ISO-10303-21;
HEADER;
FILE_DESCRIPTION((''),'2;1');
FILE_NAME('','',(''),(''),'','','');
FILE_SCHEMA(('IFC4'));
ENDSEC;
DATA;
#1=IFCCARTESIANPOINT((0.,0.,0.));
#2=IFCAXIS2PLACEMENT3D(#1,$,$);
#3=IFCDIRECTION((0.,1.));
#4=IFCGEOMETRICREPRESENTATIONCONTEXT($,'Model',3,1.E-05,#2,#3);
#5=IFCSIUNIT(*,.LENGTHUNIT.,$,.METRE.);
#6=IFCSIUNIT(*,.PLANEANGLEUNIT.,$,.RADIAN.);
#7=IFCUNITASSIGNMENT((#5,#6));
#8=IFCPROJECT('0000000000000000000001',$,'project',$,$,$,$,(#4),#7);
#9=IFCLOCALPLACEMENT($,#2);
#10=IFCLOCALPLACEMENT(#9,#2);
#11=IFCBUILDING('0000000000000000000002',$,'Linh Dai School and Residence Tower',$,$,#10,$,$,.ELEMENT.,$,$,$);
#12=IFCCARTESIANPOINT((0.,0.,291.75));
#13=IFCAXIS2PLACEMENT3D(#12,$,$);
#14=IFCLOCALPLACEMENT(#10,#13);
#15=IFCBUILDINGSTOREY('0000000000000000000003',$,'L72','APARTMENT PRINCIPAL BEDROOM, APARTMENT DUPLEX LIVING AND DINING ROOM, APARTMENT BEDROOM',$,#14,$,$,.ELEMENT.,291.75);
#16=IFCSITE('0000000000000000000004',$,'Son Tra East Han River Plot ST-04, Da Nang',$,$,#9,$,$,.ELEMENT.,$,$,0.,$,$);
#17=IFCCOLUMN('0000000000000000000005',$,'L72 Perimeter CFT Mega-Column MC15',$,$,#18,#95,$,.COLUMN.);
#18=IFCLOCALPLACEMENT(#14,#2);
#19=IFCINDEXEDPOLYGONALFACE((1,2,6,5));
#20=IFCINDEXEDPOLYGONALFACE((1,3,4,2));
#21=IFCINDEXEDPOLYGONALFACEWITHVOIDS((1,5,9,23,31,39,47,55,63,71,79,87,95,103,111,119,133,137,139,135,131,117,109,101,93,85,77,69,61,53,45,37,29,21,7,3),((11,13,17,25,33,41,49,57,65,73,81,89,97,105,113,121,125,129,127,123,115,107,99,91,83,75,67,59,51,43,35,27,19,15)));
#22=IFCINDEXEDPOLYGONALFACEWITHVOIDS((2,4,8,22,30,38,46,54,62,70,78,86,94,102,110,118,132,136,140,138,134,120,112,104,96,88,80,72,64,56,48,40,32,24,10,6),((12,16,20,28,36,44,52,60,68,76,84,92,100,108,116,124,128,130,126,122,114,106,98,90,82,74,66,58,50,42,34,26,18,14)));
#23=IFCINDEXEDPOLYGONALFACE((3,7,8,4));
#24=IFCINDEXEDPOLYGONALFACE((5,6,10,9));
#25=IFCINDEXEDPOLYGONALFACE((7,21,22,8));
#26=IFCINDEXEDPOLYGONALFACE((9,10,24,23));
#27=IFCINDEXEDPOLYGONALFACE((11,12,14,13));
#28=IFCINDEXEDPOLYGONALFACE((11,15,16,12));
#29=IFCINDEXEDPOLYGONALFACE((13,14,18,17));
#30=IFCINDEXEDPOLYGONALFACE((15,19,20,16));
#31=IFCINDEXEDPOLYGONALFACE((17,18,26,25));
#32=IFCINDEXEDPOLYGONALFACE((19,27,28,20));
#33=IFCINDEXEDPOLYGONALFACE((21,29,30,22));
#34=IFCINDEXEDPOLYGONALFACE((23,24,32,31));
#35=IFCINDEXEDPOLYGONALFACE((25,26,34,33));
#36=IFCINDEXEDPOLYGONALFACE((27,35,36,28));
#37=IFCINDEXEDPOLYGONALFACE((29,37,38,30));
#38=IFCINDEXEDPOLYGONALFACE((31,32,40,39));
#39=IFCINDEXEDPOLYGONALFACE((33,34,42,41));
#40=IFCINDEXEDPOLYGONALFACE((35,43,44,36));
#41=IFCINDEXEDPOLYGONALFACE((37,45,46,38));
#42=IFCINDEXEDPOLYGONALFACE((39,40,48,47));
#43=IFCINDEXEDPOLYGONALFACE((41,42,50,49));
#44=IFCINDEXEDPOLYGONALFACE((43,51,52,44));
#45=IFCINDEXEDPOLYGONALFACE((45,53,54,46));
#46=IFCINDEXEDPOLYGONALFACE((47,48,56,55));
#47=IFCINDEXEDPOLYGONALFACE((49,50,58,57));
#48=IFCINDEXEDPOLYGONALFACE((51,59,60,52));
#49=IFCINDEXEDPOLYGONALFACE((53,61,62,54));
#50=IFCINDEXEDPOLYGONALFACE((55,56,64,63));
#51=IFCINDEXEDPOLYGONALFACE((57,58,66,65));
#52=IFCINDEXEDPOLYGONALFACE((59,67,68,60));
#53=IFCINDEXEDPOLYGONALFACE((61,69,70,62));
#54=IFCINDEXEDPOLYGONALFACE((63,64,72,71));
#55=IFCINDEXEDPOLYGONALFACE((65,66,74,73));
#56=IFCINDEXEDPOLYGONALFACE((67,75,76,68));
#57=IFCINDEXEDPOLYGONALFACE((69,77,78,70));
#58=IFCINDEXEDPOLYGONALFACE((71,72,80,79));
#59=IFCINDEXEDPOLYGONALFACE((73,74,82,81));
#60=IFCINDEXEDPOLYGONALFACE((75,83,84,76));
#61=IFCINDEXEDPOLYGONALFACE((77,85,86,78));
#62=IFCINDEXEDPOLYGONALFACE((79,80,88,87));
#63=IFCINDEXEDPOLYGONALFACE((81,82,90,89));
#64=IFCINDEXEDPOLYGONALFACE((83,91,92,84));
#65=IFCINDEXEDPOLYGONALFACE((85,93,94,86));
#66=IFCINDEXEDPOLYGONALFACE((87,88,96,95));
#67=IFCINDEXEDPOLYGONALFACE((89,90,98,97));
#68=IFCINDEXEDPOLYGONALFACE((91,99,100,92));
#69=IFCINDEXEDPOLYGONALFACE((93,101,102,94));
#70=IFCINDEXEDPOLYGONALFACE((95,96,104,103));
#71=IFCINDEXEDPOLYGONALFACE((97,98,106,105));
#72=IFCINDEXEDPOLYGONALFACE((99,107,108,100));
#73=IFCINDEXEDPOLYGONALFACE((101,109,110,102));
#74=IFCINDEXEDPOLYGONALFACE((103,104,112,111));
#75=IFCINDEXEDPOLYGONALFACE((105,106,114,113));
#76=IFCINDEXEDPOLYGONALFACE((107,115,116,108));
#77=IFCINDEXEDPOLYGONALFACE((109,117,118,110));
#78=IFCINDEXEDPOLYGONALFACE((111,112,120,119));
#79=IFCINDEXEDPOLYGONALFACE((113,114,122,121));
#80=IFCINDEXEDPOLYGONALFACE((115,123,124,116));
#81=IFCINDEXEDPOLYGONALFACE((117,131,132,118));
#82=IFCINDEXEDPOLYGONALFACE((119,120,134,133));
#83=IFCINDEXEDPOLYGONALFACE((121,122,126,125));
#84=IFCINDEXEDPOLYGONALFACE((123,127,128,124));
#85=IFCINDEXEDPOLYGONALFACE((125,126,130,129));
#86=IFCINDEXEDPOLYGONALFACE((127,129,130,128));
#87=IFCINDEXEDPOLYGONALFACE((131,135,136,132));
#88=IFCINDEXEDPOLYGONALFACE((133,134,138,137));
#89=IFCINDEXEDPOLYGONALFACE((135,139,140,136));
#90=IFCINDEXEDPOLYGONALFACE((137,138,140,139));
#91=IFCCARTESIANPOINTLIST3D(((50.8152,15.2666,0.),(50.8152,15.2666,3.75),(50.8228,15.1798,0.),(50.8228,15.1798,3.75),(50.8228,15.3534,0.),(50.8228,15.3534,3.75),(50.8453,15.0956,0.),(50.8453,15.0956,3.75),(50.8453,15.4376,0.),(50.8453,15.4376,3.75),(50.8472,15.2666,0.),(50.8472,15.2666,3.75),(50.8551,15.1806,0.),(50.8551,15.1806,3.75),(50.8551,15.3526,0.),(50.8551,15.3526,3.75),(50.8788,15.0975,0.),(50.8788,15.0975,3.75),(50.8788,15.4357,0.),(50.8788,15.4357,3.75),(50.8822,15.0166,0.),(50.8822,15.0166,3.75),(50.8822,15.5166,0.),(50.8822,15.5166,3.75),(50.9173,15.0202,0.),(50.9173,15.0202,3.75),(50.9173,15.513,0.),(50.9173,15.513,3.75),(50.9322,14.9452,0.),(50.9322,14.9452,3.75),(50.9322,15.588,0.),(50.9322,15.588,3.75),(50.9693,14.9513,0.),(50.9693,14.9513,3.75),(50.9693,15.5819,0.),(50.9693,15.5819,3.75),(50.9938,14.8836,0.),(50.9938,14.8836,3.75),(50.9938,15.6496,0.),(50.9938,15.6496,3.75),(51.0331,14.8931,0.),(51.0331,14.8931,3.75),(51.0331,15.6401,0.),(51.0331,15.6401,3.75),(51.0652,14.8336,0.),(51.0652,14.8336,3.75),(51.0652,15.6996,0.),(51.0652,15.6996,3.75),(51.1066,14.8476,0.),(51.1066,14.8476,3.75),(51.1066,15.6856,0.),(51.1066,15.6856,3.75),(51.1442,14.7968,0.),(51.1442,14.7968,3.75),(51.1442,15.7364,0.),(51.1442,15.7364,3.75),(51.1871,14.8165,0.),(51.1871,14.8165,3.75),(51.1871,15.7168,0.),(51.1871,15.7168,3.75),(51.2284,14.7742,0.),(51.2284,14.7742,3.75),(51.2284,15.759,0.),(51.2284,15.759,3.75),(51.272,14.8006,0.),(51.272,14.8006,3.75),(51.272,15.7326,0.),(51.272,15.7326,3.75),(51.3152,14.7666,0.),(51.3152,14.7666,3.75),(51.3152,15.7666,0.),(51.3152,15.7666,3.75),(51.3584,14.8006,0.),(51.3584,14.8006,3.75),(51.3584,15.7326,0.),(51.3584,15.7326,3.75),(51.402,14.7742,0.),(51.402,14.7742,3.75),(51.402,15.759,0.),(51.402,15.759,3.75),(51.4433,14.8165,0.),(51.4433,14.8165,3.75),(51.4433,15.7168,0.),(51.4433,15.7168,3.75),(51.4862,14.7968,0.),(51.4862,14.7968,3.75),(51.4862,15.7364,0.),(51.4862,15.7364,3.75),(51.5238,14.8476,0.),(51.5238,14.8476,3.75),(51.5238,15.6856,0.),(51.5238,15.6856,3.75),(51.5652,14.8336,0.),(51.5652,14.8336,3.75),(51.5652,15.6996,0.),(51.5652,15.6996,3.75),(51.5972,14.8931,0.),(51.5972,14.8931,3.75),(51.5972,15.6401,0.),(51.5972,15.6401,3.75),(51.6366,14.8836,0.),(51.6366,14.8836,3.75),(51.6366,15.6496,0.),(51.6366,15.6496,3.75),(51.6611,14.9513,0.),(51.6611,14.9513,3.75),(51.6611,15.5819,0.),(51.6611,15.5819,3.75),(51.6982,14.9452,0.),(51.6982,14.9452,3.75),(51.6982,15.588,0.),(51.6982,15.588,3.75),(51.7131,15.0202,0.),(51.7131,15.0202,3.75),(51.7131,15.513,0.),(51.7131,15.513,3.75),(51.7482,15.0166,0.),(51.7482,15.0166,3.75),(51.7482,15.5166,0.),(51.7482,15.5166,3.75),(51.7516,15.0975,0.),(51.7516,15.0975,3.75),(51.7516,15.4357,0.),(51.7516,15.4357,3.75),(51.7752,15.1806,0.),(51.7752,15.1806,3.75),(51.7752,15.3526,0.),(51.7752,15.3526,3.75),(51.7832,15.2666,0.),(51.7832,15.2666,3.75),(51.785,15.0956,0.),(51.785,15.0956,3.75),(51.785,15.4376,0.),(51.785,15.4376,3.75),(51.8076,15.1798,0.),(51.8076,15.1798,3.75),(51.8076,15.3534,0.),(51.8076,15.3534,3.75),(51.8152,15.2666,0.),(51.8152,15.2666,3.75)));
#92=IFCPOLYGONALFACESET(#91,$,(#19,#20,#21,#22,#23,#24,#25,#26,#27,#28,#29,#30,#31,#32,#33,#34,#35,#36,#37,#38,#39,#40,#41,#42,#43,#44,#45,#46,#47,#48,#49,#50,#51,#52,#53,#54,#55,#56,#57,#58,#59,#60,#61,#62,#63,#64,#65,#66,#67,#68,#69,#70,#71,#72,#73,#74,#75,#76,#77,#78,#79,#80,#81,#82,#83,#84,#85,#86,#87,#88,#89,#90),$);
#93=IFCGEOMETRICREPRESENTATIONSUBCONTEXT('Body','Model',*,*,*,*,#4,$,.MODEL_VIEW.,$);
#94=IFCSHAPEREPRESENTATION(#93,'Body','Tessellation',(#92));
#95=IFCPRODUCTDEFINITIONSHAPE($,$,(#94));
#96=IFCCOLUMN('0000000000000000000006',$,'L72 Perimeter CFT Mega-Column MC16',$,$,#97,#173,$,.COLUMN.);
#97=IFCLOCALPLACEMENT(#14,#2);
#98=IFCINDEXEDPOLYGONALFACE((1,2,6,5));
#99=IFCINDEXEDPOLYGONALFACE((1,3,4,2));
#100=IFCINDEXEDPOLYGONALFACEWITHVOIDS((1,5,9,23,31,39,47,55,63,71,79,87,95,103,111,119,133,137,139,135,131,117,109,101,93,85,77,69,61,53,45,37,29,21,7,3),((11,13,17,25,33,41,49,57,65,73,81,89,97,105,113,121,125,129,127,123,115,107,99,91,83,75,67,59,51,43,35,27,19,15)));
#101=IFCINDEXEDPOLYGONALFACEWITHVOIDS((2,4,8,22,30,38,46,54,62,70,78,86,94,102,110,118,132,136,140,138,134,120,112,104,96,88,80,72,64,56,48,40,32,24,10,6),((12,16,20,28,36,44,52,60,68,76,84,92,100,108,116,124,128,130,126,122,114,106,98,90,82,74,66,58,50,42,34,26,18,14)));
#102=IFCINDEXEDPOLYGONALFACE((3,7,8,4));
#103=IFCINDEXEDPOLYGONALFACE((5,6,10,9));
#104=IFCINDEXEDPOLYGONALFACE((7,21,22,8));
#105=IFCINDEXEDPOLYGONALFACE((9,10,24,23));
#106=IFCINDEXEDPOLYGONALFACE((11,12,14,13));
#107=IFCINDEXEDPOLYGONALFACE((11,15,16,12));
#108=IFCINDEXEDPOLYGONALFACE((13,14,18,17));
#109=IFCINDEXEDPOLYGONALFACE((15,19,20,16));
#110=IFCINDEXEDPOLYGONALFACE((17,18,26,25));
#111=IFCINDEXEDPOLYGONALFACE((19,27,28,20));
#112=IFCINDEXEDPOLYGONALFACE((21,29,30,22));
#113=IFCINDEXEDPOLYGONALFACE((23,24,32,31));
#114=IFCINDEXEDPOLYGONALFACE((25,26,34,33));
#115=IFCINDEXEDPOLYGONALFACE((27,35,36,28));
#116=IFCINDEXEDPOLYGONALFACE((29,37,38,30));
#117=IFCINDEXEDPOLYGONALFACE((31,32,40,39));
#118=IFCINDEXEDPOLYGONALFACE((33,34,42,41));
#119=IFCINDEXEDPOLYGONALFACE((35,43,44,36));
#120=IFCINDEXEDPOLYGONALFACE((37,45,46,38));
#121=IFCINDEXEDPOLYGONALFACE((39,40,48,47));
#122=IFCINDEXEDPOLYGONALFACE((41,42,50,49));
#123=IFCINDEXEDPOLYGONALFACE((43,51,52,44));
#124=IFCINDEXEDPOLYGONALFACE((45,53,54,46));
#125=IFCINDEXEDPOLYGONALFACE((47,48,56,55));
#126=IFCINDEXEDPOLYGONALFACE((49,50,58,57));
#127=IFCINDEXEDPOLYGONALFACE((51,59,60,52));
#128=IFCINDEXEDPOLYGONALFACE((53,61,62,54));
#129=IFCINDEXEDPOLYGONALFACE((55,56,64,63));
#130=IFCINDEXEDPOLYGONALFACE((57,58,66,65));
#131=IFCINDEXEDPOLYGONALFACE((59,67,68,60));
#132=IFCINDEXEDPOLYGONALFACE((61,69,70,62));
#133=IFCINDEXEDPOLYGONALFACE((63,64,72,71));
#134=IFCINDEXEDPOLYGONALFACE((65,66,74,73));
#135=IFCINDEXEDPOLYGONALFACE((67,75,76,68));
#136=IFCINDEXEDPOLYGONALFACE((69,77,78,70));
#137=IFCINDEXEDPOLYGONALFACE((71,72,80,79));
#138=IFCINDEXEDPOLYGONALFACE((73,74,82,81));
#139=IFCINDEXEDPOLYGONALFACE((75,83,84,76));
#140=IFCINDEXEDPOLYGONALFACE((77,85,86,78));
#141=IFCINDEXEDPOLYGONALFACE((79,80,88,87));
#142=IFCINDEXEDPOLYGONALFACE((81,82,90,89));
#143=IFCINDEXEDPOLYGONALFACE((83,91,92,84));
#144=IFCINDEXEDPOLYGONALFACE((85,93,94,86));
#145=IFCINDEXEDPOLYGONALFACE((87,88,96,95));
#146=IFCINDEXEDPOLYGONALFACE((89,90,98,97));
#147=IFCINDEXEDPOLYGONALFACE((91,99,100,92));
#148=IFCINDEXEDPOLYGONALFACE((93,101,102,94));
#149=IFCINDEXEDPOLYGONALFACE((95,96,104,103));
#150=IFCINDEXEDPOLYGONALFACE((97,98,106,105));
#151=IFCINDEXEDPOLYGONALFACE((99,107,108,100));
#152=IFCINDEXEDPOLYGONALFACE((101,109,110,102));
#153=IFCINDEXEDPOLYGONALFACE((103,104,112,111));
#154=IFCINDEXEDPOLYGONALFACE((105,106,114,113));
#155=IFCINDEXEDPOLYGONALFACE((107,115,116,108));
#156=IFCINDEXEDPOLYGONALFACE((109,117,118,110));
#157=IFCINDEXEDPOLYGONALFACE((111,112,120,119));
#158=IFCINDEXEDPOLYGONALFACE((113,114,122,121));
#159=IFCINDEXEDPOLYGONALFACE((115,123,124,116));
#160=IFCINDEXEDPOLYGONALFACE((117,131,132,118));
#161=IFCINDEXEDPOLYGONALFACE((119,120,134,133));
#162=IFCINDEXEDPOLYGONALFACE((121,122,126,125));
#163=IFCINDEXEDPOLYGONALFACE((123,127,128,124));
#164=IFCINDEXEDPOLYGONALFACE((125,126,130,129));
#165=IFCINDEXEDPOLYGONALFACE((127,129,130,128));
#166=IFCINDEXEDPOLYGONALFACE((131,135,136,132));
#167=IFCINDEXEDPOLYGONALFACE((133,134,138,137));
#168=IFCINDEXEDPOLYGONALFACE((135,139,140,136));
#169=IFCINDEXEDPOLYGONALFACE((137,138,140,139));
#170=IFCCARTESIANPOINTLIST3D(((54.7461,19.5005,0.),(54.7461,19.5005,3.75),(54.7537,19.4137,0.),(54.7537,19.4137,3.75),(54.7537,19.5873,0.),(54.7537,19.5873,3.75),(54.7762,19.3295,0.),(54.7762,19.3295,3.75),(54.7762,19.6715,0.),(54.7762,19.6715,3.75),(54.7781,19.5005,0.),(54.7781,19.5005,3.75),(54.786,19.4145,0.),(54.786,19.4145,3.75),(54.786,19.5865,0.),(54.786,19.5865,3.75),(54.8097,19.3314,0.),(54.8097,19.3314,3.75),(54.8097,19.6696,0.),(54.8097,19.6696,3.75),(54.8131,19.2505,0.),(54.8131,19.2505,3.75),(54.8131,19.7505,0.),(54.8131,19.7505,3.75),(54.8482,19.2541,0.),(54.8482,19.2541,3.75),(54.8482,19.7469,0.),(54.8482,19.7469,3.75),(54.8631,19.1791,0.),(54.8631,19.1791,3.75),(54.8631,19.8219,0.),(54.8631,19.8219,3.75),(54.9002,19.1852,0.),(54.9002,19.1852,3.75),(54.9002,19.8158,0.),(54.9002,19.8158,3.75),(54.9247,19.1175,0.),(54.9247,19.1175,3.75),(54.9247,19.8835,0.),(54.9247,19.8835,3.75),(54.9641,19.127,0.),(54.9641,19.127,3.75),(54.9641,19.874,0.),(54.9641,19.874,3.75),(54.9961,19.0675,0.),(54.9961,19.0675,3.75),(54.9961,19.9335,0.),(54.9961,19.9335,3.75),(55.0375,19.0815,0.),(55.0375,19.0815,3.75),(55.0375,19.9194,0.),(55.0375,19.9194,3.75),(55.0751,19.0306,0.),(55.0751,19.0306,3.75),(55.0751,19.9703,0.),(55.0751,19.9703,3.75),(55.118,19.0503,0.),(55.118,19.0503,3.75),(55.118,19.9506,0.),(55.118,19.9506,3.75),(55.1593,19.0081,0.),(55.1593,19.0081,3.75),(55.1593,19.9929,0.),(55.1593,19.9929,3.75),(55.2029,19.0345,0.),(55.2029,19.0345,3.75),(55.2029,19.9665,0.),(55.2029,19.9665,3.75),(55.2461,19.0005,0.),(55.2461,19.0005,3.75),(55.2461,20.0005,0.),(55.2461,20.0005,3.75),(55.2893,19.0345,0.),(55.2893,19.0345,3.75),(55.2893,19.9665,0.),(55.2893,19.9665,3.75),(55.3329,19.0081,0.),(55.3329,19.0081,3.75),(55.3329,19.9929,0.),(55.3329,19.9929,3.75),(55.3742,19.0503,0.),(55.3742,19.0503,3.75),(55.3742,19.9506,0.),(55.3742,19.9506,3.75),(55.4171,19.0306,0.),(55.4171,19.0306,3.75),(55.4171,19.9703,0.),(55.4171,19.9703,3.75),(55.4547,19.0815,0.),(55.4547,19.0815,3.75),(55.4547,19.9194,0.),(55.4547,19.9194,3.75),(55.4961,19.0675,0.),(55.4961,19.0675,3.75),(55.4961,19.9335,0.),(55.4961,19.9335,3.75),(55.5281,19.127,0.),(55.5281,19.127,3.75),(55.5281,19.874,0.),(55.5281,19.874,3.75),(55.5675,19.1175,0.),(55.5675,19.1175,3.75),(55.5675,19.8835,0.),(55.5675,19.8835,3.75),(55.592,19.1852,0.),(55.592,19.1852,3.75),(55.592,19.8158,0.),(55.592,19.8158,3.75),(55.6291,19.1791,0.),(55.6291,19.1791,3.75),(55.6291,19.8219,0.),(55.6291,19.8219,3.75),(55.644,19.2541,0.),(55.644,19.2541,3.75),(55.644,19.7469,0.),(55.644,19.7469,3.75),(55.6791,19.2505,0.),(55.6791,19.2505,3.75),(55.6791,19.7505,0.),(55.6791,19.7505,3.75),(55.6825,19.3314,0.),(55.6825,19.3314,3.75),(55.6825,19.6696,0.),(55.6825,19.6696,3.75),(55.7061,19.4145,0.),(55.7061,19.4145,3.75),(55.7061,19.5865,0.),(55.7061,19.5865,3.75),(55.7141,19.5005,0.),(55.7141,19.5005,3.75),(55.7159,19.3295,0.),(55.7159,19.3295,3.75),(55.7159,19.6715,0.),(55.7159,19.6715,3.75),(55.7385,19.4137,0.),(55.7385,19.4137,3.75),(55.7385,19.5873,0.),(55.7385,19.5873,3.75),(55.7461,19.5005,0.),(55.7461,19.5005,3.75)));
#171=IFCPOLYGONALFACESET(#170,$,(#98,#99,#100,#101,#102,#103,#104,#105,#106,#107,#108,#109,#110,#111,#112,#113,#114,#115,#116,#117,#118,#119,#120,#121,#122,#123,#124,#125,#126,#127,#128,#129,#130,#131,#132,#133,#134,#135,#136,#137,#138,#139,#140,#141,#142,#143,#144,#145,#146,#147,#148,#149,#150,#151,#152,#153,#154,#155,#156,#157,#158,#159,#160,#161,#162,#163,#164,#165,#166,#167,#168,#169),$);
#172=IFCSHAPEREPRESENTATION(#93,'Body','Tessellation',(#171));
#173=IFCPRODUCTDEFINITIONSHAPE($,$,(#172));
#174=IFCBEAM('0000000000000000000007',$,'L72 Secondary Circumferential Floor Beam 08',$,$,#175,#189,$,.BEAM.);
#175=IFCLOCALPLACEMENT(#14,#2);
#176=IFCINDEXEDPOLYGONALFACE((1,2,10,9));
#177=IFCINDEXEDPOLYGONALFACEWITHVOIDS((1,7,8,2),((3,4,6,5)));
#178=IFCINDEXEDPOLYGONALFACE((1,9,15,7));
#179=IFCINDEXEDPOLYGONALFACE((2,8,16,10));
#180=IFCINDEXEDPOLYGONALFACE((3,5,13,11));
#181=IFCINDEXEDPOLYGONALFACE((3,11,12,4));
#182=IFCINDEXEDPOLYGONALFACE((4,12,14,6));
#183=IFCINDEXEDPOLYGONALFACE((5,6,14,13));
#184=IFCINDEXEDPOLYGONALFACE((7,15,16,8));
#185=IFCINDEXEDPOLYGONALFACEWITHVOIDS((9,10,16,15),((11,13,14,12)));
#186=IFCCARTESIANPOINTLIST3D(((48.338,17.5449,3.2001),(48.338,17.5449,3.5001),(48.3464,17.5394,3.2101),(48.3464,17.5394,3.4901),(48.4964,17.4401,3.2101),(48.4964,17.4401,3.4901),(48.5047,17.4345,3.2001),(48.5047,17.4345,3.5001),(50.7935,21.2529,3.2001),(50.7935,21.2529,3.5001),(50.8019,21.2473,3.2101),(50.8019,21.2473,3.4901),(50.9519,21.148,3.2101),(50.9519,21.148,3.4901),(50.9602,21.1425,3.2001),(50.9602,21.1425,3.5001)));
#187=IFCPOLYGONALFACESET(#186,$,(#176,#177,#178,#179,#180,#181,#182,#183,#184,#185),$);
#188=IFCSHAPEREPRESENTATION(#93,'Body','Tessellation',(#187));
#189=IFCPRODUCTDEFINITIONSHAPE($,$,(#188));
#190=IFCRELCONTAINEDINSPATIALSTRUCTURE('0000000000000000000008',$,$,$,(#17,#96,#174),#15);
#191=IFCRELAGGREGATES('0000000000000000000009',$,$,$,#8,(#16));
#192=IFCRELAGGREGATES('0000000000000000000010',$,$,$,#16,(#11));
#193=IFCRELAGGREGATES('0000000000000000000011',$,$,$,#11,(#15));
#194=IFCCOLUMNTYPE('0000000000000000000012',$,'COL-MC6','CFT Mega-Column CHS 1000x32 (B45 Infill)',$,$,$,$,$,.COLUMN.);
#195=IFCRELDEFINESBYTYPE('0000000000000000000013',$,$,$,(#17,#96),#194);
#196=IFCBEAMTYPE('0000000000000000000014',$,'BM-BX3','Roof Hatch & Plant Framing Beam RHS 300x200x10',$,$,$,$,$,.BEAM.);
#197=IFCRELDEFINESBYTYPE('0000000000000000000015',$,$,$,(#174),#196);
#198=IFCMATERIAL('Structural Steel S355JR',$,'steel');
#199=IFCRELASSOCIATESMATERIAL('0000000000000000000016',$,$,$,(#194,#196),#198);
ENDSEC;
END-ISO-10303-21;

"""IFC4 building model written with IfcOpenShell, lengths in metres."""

from ifc_helpers import new_model, si_unit, direction, frame, origin, origin_2d, place, context, subcontext, project, spatial, hollow_rectangle, hollow_circle, extrude, material, material_profile, profile_set, type_object, element, save


model = new_model("IFC4")

# Units and contexts
model_context = context("Model", 3, precision=1e-05, world=origin(), true_north=direction((0.0, 1.0)))
body_context = subcontext(model_context, "Body", "Model", "MODEL_VIEW")
ifc_project = project(units=[si_unit("LENGTHUNIT", "METRE"), si_unit("PLANEANGLEUNIT", "RADIAN")], contexts=[model_context])

# Site, building, storey
site_placement = place(None, origin())
site = spatial("IfcSite", under=ifc_project, at=site_placement, Name="Son Tra East Han River Plot ST-04, Da Nang", CompositionType="ELEMENT", RefElevation=0.0)
building_placement = place(site_placement, origin())
building = spatial("IfcBuilding", under=site, at=building_placement, Name="Linh Dai School and Residence Tower", CompositionType="ELEMENT")
storey_placement = place(building_placement, frame((0.0, 0.0, 291.75)))
storey = spatial("IfcBuildingStorey", under=building, at=storey_placement, Name="L72", Description="APARTMENT PRINCIPAL BEDROOM, APARTMENT DUPLEX LIVING AND DINING ROOM, APARTMENT BEDROOM", CompositionType="ELEMENT", Elevation=291.75)

# Columns
ifc_material_1 = material(Name="Structural Steel S355JR", Category="steel")
ifc_material_profile_1 = material_profile(ifc_material_1, hollow_circle(Radius=0.5, WallThickness=0.032, at=origin_2d()), Name="CHS 1000x32")
ifc_profile_set_1 = profile_set([ifc_material_profile_1], Name="Structural Steel S355JR")
column_type = type_object("IfcColumnType", Name="COL-MC6", Description="CFT Mega-Column CHS 1000x32 (B45 Infill)", PredefinedType="COLUMN", material=ifc_profile_set_1)
for number, where, z_axis, x_axis, name in (
    (1, (51.3152, 15.2666, 0.0), (0.0, 0.0, 1.0), (1.0, 0.0, 0.0), "L72 Perimeter CFT Mega-Column MC15"),
    (2, (55.2461, 19.5005, 0.0), (0.0, 0.0, 1.0), (1.0, 0.0, 0.0), "L72 Perimeter CFT Mega-Column MC16"),
):
    element("IfcColumn", number, at=place(storey_placement, frame(where, z_axis=z_axis, x_axis=x_axis)), inside=storey, type_object=column_type, Name=name, PredefinedType="COLUMN", context=body_context, shape_type="SweptSolid", body=[
        extrude(hollow_circle(Radius=0.5, WallThickness=0.032, at=origin_2d()), origin(), (0.0, 0.0, 1.0), 3.75),
    ])

# Beam
ifc_material_profile_2 = material_profile(ifc_material_1, hollow_rectangle(XDim=0.2, YDim=0.3, WallThickness=0.01, at=origin_2d()), Name="RHS 300x200x10")
ifc_profile_set_2 = profile_set([ifc_material_profile_2], Name="Structural Steel S355JR")
beam_type_1 = type_object("IfcBeamType", Name="BM-BX3", Description="Roof Hatch & Plant Framing Beam RHS 300x200x10", PredefinedType="BEAM", material=ifc_profile_set_2)
beam_1_placement = place(storey_placement, frame((48.4214, 17.4897, 3.3501), z_axis=(0.552139, 0.833752, 0.0), x_axis=(-0.833752, 0.552139, 0.0)))
element("IfcBeam", 3, at=beam_1_placement, inside=storey, type_object=beam_type_1, Name="L72 Secondary Circumferential Floor Beam 08", PredefinedType="BEAM", context=body_context, shape_type="SweptSolid", body=[
    extrude(hollow_rectangle(XDim=0.2, YDim=0.3, WallThickness=0.01, at=origin_2d()), origin(), (0.0, 0.0, 1.0), 4.4473),
])

save(model, "model.ifc")
